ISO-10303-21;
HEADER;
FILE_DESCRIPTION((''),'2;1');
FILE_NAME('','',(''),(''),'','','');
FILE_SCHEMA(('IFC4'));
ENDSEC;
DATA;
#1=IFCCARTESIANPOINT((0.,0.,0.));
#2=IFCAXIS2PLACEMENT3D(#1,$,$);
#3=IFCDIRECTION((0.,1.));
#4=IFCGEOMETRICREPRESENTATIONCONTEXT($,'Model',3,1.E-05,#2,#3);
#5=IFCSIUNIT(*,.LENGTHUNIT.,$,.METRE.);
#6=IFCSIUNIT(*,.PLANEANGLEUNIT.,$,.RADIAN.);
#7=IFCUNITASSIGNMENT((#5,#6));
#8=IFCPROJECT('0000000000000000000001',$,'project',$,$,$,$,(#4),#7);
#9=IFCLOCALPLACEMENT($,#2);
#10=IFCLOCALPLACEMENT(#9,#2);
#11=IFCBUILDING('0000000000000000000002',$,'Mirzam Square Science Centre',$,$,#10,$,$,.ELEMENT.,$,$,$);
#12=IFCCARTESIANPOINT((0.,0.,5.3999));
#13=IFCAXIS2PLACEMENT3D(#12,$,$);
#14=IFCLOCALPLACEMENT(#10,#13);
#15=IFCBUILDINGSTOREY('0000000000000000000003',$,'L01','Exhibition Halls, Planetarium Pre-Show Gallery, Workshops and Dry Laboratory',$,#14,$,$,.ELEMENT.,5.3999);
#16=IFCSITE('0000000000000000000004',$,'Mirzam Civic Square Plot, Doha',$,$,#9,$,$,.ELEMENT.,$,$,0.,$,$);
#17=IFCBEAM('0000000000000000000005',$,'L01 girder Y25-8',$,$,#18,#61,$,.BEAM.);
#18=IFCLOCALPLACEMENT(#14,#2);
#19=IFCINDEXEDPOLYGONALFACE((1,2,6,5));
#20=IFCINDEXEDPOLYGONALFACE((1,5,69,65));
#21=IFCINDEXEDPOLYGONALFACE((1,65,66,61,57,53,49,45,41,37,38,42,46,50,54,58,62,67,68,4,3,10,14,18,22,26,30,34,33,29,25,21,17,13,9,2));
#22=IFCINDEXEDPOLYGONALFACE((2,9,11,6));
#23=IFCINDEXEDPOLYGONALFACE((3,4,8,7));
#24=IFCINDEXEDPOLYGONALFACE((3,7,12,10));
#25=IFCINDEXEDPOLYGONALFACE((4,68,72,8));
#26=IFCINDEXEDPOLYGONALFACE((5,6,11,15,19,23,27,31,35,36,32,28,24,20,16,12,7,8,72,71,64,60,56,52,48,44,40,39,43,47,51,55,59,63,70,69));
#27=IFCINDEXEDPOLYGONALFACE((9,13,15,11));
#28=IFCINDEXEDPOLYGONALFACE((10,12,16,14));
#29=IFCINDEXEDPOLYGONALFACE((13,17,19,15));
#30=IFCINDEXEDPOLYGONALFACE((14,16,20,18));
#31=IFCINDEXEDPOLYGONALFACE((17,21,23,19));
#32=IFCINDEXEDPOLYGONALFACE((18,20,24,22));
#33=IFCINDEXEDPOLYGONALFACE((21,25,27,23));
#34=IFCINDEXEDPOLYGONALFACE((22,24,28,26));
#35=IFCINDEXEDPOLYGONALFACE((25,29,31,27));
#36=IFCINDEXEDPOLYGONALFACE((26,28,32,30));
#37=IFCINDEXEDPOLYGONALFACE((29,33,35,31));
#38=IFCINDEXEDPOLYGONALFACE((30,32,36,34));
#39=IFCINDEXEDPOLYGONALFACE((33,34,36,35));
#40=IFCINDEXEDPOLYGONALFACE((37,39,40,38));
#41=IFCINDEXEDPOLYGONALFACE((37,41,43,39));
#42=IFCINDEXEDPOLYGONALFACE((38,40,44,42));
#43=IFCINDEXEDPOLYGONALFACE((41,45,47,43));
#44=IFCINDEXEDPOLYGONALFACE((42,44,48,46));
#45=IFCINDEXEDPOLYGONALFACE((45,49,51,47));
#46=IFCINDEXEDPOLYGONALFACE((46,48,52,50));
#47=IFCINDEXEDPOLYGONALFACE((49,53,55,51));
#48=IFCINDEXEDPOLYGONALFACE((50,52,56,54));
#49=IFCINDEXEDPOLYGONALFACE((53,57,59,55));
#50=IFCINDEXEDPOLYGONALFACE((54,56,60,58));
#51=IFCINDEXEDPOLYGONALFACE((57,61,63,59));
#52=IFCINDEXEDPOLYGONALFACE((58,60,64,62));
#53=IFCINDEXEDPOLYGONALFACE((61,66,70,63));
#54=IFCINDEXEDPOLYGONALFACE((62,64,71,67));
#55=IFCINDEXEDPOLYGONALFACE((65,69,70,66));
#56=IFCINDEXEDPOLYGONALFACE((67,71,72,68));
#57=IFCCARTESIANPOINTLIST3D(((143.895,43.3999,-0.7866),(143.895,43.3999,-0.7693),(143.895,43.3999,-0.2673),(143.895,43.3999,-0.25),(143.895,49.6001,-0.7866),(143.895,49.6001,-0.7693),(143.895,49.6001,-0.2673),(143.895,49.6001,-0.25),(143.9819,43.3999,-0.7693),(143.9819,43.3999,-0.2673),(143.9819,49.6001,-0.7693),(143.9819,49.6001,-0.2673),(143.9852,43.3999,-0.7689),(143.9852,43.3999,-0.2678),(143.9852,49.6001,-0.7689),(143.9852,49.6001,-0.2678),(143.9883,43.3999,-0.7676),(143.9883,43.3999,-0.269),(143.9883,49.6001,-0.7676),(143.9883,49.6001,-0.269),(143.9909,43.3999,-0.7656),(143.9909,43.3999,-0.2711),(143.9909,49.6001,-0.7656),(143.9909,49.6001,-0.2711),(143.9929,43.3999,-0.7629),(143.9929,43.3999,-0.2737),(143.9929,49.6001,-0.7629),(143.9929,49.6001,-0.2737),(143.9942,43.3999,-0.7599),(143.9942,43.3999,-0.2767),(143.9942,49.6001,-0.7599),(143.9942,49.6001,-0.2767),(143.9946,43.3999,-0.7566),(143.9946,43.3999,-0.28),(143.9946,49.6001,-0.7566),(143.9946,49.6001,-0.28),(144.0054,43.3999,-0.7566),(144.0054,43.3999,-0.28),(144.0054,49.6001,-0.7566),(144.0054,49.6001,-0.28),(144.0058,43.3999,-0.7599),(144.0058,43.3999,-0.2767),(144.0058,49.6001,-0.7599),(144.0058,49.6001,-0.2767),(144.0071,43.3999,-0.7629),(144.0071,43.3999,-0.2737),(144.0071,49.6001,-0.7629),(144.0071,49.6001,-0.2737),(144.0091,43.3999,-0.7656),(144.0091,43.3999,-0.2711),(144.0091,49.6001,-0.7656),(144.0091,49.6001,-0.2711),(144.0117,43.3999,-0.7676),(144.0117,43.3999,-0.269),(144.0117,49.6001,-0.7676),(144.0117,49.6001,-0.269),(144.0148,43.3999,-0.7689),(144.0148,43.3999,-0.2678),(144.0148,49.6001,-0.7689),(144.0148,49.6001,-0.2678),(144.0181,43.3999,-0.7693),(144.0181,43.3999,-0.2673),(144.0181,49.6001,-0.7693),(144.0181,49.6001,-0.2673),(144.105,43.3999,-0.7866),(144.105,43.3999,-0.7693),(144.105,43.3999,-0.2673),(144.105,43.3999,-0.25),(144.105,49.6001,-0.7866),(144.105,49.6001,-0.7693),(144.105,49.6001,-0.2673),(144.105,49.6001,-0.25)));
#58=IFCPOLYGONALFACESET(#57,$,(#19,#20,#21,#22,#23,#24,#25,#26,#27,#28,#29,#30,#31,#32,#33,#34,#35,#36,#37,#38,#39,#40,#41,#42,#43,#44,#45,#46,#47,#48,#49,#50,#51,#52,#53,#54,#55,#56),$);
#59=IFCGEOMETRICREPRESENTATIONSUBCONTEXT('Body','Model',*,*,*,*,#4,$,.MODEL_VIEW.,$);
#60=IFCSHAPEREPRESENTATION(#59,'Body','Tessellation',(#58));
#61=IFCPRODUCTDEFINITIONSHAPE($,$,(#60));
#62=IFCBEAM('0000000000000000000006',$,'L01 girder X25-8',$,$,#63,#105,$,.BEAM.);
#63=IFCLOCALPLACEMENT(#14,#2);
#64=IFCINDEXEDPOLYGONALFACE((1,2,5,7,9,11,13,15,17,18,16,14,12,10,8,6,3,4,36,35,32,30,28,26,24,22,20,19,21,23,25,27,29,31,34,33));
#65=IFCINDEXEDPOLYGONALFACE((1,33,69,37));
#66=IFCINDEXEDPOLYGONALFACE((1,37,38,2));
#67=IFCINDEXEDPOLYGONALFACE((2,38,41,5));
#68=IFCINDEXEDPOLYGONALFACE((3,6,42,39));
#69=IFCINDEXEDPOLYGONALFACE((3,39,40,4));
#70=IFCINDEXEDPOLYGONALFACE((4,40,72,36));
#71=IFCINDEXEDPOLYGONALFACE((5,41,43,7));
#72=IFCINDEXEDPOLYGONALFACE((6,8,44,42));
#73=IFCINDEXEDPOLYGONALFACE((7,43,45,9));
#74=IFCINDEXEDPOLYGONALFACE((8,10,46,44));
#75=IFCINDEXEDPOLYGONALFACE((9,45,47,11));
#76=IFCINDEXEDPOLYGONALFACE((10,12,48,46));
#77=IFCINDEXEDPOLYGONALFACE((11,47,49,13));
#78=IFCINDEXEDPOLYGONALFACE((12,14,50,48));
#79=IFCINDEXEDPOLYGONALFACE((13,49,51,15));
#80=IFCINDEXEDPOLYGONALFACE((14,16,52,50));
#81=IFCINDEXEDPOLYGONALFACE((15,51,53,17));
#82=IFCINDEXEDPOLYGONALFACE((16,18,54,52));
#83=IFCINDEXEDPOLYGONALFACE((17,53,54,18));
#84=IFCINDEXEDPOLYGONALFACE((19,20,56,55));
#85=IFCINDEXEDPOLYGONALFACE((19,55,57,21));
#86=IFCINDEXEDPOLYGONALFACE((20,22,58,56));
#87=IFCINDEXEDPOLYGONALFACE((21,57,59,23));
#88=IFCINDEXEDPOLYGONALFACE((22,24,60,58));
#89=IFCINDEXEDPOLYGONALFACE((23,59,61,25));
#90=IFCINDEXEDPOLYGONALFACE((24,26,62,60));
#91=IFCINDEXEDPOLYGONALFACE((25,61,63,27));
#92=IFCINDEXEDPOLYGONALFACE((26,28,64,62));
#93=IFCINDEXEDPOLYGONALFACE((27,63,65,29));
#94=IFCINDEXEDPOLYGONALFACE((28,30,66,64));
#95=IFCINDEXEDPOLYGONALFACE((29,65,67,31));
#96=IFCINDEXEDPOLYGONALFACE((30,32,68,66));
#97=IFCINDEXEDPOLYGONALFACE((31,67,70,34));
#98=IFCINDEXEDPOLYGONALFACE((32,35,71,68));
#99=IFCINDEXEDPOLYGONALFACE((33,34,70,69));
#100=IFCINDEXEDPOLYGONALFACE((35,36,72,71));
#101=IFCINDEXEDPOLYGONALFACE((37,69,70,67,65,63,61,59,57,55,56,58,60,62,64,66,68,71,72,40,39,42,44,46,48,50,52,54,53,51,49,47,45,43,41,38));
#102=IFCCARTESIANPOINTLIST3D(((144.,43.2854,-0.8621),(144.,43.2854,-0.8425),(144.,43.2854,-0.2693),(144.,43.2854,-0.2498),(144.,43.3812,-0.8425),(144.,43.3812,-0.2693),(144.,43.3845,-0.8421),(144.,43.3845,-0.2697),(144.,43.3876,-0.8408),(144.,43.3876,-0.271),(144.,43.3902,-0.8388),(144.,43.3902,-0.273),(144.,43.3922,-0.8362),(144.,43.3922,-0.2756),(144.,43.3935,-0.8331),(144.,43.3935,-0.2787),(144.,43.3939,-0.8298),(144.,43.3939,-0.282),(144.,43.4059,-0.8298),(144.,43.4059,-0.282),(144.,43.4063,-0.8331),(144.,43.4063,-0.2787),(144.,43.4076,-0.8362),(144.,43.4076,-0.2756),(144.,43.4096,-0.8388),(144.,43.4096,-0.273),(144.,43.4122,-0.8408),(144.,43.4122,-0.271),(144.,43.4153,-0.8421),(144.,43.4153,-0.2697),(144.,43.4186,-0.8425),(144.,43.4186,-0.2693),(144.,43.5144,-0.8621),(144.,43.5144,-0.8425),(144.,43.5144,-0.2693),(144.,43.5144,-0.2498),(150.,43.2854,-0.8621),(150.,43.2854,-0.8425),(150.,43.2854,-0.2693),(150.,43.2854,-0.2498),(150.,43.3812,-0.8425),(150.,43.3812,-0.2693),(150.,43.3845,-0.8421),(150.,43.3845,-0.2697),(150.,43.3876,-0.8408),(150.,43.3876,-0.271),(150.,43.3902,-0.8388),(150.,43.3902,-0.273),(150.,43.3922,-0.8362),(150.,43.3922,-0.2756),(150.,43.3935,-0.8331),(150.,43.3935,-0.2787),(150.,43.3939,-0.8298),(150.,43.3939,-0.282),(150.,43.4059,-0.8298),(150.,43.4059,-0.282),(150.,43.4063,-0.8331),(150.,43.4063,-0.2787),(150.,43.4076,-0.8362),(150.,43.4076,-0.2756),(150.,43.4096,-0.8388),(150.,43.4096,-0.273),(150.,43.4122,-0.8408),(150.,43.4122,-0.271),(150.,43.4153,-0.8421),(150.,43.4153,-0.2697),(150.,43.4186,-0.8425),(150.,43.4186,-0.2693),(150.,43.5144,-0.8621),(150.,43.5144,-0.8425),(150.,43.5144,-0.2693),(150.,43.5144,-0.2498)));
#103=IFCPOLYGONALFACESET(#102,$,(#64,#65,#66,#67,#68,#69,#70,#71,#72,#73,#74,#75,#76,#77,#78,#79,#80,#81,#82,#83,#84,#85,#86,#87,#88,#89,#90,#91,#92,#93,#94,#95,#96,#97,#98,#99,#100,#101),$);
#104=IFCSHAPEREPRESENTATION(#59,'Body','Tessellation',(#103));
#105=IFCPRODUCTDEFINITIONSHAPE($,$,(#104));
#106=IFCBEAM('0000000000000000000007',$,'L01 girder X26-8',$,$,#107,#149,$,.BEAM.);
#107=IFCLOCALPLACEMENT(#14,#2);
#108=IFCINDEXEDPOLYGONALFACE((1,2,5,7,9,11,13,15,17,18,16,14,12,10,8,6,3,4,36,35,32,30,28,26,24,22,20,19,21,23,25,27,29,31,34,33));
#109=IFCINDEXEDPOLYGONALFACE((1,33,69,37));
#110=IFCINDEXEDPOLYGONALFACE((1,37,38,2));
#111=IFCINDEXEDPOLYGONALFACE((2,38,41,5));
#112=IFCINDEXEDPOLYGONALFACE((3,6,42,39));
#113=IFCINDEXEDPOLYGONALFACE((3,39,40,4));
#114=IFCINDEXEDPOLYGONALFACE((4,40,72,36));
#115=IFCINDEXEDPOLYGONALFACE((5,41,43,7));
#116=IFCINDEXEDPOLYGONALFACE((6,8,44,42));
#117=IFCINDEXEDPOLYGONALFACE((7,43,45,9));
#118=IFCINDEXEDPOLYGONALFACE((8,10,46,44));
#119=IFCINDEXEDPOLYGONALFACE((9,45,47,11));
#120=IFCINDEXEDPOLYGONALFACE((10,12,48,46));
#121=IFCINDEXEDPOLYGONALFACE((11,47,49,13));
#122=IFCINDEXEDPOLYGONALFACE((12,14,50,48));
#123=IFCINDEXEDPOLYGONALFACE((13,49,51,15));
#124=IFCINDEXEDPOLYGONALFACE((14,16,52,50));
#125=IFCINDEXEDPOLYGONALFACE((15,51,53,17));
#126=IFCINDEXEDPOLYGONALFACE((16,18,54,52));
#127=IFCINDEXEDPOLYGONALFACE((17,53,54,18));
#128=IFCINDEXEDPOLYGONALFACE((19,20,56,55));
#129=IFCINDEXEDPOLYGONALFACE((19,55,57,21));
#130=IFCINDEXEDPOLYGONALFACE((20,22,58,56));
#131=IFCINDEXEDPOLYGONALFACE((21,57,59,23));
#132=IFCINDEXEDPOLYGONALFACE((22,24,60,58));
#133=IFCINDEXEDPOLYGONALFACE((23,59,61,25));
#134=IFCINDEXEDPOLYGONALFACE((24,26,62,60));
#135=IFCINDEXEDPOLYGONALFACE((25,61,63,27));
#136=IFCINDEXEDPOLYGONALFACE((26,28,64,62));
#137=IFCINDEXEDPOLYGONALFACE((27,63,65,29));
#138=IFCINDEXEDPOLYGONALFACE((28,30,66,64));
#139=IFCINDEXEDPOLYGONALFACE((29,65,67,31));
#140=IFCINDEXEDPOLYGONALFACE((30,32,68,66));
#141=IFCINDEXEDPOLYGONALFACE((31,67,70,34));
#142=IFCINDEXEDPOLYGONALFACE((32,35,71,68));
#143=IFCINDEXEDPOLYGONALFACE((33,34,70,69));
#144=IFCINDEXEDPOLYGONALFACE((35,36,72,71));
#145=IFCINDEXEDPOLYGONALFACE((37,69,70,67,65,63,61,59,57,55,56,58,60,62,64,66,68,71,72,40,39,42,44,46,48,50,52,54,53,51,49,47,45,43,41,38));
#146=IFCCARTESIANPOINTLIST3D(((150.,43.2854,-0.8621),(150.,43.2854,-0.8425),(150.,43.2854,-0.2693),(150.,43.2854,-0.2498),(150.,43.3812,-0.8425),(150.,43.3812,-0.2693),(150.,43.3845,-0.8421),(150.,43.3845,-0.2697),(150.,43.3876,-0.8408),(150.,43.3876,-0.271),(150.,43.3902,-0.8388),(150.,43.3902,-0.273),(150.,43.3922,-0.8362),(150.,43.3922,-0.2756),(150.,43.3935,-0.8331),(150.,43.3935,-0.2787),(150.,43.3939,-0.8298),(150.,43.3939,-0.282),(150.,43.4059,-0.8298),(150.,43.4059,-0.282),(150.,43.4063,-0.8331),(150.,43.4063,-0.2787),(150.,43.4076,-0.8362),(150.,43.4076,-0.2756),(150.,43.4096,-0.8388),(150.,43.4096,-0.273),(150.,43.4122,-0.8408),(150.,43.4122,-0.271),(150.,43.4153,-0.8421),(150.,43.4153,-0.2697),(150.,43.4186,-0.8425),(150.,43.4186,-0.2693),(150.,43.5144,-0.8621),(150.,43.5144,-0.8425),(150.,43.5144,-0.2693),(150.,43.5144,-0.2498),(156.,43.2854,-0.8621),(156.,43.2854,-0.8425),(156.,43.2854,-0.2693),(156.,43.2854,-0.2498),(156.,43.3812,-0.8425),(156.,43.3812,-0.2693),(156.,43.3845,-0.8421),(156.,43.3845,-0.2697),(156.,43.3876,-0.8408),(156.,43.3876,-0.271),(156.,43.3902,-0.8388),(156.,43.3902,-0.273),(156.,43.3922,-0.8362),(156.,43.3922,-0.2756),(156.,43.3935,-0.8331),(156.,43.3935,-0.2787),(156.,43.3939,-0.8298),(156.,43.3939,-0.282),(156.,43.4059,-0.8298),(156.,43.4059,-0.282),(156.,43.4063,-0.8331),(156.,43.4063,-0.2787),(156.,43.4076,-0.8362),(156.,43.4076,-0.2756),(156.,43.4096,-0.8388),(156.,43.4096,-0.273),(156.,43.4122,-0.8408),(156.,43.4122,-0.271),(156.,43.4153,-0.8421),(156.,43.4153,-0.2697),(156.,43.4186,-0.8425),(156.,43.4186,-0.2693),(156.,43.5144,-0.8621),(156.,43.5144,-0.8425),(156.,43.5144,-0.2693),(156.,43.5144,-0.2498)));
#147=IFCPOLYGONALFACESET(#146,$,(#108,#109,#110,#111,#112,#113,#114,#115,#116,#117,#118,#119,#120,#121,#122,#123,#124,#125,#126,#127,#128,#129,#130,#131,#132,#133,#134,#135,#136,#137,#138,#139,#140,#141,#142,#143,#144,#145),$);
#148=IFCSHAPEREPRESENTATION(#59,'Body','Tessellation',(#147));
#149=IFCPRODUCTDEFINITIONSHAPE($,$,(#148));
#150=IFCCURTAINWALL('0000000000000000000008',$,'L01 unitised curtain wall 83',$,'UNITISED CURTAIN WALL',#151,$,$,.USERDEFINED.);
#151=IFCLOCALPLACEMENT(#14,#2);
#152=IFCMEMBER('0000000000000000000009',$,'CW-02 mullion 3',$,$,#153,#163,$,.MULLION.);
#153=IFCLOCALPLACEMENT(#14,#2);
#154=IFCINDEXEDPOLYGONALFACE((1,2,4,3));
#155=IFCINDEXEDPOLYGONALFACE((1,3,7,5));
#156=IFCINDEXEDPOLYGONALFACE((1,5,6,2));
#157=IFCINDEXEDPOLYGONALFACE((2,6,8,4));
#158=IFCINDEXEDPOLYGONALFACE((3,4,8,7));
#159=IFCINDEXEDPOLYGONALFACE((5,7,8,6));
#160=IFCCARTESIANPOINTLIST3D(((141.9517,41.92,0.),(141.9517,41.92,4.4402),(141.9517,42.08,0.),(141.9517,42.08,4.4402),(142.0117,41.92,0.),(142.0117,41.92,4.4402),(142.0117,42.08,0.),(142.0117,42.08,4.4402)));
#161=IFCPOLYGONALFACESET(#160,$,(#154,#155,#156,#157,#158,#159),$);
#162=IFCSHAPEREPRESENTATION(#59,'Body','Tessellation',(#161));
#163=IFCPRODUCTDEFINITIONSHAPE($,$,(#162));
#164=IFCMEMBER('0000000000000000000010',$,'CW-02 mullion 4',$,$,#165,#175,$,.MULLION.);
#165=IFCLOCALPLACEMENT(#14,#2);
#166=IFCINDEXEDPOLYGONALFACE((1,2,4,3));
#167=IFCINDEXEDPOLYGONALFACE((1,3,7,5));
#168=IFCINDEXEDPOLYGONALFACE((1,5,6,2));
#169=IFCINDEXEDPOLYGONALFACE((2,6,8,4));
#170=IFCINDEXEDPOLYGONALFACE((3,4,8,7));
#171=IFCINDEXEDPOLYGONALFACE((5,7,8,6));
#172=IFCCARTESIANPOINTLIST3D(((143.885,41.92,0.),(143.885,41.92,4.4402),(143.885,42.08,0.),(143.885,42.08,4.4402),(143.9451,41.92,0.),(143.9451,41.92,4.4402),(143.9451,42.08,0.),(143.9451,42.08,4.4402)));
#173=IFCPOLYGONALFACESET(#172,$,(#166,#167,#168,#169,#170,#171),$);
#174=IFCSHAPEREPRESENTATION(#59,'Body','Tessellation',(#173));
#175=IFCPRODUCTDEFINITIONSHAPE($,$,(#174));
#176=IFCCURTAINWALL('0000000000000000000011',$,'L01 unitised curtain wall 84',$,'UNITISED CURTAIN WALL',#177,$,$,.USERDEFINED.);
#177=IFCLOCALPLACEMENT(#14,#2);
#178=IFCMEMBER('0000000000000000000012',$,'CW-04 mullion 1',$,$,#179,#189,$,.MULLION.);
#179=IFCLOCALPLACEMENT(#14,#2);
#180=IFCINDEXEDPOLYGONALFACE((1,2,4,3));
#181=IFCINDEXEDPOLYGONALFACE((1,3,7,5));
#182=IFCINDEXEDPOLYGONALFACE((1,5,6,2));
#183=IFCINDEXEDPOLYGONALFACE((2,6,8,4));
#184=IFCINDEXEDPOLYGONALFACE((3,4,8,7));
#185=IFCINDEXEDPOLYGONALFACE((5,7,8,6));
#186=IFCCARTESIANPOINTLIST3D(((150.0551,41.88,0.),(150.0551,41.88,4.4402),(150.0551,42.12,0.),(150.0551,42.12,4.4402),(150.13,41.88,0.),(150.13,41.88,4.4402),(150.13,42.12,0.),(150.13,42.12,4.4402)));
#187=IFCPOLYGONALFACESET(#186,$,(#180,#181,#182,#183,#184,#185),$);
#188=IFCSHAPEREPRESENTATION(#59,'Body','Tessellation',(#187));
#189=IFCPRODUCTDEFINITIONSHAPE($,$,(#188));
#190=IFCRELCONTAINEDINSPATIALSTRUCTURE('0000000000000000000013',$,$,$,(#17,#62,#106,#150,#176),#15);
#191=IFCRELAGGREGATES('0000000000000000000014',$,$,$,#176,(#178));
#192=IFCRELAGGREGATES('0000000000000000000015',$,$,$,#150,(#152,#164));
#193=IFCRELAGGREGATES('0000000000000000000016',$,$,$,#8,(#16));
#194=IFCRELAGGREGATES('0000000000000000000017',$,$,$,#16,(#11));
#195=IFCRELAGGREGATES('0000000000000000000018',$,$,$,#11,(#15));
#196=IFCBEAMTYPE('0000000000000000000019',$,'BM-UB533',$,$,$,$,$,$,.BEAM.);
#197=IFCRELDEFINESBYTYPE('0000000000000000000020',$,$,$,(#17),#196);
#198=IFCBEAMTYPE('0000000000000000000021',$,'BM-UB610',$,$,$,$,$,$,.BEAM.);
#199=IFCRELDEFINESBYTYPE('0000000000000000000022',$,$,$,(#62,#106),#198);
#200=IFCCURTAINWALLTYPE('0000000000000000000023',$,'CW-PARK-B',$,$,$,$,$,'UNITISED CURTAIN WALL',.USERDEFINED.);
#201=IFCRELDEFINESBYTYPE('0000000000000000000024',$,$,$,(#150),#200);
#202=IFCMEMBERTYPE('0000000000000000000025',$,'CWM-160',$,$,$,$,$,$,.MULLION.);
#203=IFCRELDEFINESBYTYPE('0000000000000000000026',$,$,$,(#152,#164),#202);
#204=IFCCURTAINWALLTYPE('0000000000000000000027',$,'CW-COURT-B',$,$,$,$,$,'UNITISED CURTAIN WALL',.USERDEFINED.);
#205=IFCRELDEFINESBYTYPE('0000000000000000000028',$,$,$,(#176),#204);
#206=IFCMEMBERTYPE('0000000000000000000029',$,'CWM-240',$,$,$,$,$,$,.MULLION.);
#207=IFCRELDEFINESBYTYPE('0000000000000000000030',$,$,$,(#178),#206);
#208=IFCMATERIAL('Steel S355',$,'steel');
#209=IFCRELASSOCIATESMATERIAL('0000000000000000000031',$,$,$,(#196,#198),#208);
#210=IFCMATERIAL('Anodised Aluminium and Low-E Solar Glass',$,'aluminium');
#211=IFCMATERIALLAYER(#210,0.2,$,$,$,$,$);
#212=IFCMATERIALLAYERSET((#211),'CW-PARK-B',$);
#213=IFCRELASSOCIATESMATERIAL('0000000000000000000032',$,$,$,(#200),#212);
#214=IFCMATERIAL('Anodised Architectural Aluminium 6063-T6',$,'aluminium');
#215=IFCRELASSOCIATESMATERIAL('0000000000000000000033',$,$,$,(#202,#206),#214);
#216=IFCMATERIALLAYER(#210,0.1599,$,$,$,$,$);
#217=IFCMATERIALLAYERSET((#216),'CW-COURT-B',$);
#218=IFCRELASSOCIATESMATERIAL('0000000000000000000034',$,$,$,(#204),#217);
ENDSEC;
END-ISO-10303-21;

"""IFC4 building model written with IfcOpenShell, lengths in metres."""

from ifc_helpers import new_model, si_unit, direction, frame, origin, origin_2d, place, context, subcontext, project, spatial, rectangle, i_section, extrude, material, layer, layer_set, material_profile, profile_set, type_object, element, aggregate, save


model = new_model("IFC4")

# Units and contexts
model_context = context("Model", 3, precision=1e-05, world=origin(), true_north=direction((0.0, 1.0)))
body_context = subcontext(model_context, "Body", "Model", "MODEL_VIEW")
ifc_project = project(units=[si_unit("LENGTHUNIT", "METRE"), si_unit("PLANEANGLEUNIT", "RADIAN")], contexts=[model_context])

# Site, building, storey
site_placement = place(None, origin())
site = spatial("IfcSite", under=ifc_project, at=site_placement, Name="Mirzam Civic Square Plot, Doha", CompositionType="ELEMENT", RefElevation=0.0)
building_placement = place(site_placement, origin())
building = spatial("IfcBuilding", under=site, at=building_placement, Name="Mirzam Square Science Centre", CompositionType="ELEMENT")
storey_placement = place(building_placement, frame((0.0, 0.0, 5.3999)))
storey = spatial("IfcBuildingStorey", under=building, at=storey_placement, Name="L01", Description="Exhibition Halls, Planetarium Pre-Show Gallery, Workshops and Dry Laboratory", CompositionType="ELEMENT", Elevation=5.3999)

# Shared definitions
ifc_material_1 = material(Name="Steel S355", Category="steel")

# Beams
ifc_material_profile_1 = material_profile(ifc_material_1, i_section(OverallWidth=0.21, OverallDepth=0.5366, WebThickness=0.0107, FlangeThickness=0.0173, FilletRadius=0.0127, at=origin_2d()), Name="533x210x101UB")
ifc_profile_set_1 = profile_set([ifc_material_profile_1], Name="Steel S355")
beam_type_1 = type_object("IfcBeamType", Name="BM-UB533", PredefinedType="BEAM", material=ifc_profile_set_1)
beam_1_placement = place(storey_placement, frame((144.0, 43.3999, -0.5183), z_axis=(0.0, 1.0, 0.0), x_axis=(-1.0, 0.0, 0.0)))
element("IfcBeam", 1, at=beam_1_placement, inside=storey, type_object=beam_type_1, Name="L01 girder Y25-8", PredefinedType="BEAM", context=body_context, shape_type="SweptSolid", body=[
    extrude(i_section(OverallWidth=0.21, OverallDepth=0.5366, WebThickness=0.0107, FlangeThickness=0.0173, FilletRadius=0.0127, at=origin_2d()), origin(), (0.0, 0.0, 1.0), 6.2002),
])
ifc_material_profile_2 = material_profile(ifc_material_1, i_section(OverallWidth=0.229, OverallDepth=0.6123, WebThickness=0.012, FlangeThickness=0.0195, FilletRadius=0.0127, at=origin_2d()), Name="610x229x125UB")
ifc_profile_set_2 = profile_set([ifc_material_profile_2], Name="Steel S355")
beam_type_2 = type_object("IfcBeamType", Name="BM-UB610", PredefinedType="BEAM", material=ifc_profile_set_2)
for number, where, z_axis, x_axis, name in (
    (2, (144.0, 43.3999, -0.5559), (1.0, 0.0, 0.0), (0.0, 1.0, 0.0), "L01 girder X25-8"),
    (3, (150.0, 43.3999, -0.5559), (1.0, 0.0, 0.0), (0.0, 1.0, 0.0), "L01 girder X26-8"),
):
    element("IfcBeam", number, at=place(storey_placement, frame(where, z_axis=z_axis, x_axis=x_axis)), inside=storey, type_object=beam_type_2, Name=name, PredefinedType="BEAM", context=body_context, shape_type="SweptSolid", body=[
        extrude(i_section(OverallWidth=0.229, OverallDepth=0.6123, WebThickness=0.012, FlangeThickness=0.0195, FilletRadius=0.0127, at=origin_2d()), origin(), (0.0, 0.0, 1.0), 6.0),
    ])

# Curtain wall, members
ifc_material_2 = material(Name="Anodised Aluminium and Low-E Solar Glass", Category="aluminium")
ifc_layer_1 = layer(ifc_material_2, 0.2)
ifc_layer_set_1 = layer_set([ifc_layer_1], Name="CW-PARK-B")
curtain_wall_type_1 = type_object("IfcCurtainWallType", Name="CW-PARK-B", ElementType="UNITISED CURTAIN WALL", PredefinedType="USERDEFINED", material=ifc_layer_set_1)
curtain_wall_1_placement = place(storey_placement, origin())
curtain_wall_1 = element("IfcCurtainWall", 4, at=curtain_wall_1_placement, inside=storey, type_object=curtain_wall_type_1, Name="L01 unitised curtain wall 83", ObjectType="UNITISED CURTAIN WALL", PredefinedType="USERDEFINED")
ifc_material_3 = material(Name="Anodised Architectural Aluminium 6063-T6", Category="aluminium")
ifc_material_profile_3 = material_profile(ifc_material_3, rectangle(XDim=0.0601, YDim=0.1599, at=origin_2d()), Name="ALU-MULL-160x60x4")
ifc_profile_set_3 = profile_set([ifc_material_profile_3], Name="Anodised Architectural Aluminium 6063-T6")
member_type_1 = type_object("IfcMemberType", Name="CWM-160", PredefinedType="MULLION", material=ifc_profile_set_3)
member_1_placement = place(storey_placement, frame((141.9817, 42.0, 0.0), z_axis=(0.0, 0.0, 1.0), x_axis=(1.0, 0.0, 0.0)))
member_1 = element("IfcMember", 5, at=member_1_placement, type_object=member_type_1, Name="CW-02 mullion 3", PredefinedType="MULLION", context=body_context, shape_type="SweptSolid", body=[
    extrude(rectangle(XDim=0.0601, YDim=0.1599, at=origin_2d()), origin(), (0.0, 0.0, 1.0), 4.4402),
])
member_2_placement = place(storey_placement, frame((143.915, 42.0, 0.0), z_axis=(0.0, 0.0, 1.0), x_axis=(1.0, 0.0, 0.0)))
member_2 = element("IfcMember", 6, at=member_2_placement, type_object=member_type_1, Name="CW-02 mullion 4", PredefinedType="MULLION", context=body_context, shape_type="SweptSolid", body=[
    extrude(rectangle(XDim=0.0601, YDim=0.1599, at=origin_2d()), origin(), (0.0, 0.0, 1.0), 4.4402),
])

# Curtain wall, member
ifc_layer_2 = layer(ifc_material_2, 0.1599)
ifc_layer_set_2 = layer_set([ifc_layer_2], Name="CW-COURT-B")
curtain_wall_type_2 = type_object("IfcCurtainWallType", Name="CW-COURT-B", ElementType="UNITISED CURTAIN WALL", PredefinedType="USERDEFINED", material=ifc_layer_set_2)
curtain_wall_2_placement = place(storey_placement, origin())
curtain_wall_2 = element("IfcCurtainWall", 7, at=curtain_wall_2_placement, inside=storey, type_object=curtain_wall_type_2, Name="L01 unitised curtain wall 84", ObjectType="UNITISED CURTAIN WALL", PredefinedType="USERDEFINED")
ifc_material_profile_4 = material_profile(ifc_material_3, rectangle(XDim=0.075, YDim=0.24, at=origin_2d()), Name="ALU-MULL-240x75x5")
ifc_profile_set_4 = profile_set([ifc_material_profile_4], Name="Anodised Architectural Aluminium 6063-T6")
member_type_2 = type_object("IfcMemberType", Name="CWM-240", PredefinedType="MULLION", material=ifc_profile_set_4)
member_3_placement = place(storey_placement, frame((150.0925, 42.0, 0.0), z_axis=(0.0, 0.0, 1.0), x_axis=(1.0, 0.0, 0.0)))
member_3 = element("IfcMember", 8, at=member_3_placement, type_object=member_type_2, Name="CW-04 mullion 1", PredefinedType="MULLION", context=body_context, shape_type="SweptSolid", body=[
    extrude(rectangle(XDim=0.075, YDim=0.24, at=origin_2d()), origin(), (0.0, 0.0, 1.0), 4.4402),
])

aggregate(curtain_wall_2, [member_3])

aggregate(curtain_wall_1, [member_1, member_2])

save(model, "model.ifc")
